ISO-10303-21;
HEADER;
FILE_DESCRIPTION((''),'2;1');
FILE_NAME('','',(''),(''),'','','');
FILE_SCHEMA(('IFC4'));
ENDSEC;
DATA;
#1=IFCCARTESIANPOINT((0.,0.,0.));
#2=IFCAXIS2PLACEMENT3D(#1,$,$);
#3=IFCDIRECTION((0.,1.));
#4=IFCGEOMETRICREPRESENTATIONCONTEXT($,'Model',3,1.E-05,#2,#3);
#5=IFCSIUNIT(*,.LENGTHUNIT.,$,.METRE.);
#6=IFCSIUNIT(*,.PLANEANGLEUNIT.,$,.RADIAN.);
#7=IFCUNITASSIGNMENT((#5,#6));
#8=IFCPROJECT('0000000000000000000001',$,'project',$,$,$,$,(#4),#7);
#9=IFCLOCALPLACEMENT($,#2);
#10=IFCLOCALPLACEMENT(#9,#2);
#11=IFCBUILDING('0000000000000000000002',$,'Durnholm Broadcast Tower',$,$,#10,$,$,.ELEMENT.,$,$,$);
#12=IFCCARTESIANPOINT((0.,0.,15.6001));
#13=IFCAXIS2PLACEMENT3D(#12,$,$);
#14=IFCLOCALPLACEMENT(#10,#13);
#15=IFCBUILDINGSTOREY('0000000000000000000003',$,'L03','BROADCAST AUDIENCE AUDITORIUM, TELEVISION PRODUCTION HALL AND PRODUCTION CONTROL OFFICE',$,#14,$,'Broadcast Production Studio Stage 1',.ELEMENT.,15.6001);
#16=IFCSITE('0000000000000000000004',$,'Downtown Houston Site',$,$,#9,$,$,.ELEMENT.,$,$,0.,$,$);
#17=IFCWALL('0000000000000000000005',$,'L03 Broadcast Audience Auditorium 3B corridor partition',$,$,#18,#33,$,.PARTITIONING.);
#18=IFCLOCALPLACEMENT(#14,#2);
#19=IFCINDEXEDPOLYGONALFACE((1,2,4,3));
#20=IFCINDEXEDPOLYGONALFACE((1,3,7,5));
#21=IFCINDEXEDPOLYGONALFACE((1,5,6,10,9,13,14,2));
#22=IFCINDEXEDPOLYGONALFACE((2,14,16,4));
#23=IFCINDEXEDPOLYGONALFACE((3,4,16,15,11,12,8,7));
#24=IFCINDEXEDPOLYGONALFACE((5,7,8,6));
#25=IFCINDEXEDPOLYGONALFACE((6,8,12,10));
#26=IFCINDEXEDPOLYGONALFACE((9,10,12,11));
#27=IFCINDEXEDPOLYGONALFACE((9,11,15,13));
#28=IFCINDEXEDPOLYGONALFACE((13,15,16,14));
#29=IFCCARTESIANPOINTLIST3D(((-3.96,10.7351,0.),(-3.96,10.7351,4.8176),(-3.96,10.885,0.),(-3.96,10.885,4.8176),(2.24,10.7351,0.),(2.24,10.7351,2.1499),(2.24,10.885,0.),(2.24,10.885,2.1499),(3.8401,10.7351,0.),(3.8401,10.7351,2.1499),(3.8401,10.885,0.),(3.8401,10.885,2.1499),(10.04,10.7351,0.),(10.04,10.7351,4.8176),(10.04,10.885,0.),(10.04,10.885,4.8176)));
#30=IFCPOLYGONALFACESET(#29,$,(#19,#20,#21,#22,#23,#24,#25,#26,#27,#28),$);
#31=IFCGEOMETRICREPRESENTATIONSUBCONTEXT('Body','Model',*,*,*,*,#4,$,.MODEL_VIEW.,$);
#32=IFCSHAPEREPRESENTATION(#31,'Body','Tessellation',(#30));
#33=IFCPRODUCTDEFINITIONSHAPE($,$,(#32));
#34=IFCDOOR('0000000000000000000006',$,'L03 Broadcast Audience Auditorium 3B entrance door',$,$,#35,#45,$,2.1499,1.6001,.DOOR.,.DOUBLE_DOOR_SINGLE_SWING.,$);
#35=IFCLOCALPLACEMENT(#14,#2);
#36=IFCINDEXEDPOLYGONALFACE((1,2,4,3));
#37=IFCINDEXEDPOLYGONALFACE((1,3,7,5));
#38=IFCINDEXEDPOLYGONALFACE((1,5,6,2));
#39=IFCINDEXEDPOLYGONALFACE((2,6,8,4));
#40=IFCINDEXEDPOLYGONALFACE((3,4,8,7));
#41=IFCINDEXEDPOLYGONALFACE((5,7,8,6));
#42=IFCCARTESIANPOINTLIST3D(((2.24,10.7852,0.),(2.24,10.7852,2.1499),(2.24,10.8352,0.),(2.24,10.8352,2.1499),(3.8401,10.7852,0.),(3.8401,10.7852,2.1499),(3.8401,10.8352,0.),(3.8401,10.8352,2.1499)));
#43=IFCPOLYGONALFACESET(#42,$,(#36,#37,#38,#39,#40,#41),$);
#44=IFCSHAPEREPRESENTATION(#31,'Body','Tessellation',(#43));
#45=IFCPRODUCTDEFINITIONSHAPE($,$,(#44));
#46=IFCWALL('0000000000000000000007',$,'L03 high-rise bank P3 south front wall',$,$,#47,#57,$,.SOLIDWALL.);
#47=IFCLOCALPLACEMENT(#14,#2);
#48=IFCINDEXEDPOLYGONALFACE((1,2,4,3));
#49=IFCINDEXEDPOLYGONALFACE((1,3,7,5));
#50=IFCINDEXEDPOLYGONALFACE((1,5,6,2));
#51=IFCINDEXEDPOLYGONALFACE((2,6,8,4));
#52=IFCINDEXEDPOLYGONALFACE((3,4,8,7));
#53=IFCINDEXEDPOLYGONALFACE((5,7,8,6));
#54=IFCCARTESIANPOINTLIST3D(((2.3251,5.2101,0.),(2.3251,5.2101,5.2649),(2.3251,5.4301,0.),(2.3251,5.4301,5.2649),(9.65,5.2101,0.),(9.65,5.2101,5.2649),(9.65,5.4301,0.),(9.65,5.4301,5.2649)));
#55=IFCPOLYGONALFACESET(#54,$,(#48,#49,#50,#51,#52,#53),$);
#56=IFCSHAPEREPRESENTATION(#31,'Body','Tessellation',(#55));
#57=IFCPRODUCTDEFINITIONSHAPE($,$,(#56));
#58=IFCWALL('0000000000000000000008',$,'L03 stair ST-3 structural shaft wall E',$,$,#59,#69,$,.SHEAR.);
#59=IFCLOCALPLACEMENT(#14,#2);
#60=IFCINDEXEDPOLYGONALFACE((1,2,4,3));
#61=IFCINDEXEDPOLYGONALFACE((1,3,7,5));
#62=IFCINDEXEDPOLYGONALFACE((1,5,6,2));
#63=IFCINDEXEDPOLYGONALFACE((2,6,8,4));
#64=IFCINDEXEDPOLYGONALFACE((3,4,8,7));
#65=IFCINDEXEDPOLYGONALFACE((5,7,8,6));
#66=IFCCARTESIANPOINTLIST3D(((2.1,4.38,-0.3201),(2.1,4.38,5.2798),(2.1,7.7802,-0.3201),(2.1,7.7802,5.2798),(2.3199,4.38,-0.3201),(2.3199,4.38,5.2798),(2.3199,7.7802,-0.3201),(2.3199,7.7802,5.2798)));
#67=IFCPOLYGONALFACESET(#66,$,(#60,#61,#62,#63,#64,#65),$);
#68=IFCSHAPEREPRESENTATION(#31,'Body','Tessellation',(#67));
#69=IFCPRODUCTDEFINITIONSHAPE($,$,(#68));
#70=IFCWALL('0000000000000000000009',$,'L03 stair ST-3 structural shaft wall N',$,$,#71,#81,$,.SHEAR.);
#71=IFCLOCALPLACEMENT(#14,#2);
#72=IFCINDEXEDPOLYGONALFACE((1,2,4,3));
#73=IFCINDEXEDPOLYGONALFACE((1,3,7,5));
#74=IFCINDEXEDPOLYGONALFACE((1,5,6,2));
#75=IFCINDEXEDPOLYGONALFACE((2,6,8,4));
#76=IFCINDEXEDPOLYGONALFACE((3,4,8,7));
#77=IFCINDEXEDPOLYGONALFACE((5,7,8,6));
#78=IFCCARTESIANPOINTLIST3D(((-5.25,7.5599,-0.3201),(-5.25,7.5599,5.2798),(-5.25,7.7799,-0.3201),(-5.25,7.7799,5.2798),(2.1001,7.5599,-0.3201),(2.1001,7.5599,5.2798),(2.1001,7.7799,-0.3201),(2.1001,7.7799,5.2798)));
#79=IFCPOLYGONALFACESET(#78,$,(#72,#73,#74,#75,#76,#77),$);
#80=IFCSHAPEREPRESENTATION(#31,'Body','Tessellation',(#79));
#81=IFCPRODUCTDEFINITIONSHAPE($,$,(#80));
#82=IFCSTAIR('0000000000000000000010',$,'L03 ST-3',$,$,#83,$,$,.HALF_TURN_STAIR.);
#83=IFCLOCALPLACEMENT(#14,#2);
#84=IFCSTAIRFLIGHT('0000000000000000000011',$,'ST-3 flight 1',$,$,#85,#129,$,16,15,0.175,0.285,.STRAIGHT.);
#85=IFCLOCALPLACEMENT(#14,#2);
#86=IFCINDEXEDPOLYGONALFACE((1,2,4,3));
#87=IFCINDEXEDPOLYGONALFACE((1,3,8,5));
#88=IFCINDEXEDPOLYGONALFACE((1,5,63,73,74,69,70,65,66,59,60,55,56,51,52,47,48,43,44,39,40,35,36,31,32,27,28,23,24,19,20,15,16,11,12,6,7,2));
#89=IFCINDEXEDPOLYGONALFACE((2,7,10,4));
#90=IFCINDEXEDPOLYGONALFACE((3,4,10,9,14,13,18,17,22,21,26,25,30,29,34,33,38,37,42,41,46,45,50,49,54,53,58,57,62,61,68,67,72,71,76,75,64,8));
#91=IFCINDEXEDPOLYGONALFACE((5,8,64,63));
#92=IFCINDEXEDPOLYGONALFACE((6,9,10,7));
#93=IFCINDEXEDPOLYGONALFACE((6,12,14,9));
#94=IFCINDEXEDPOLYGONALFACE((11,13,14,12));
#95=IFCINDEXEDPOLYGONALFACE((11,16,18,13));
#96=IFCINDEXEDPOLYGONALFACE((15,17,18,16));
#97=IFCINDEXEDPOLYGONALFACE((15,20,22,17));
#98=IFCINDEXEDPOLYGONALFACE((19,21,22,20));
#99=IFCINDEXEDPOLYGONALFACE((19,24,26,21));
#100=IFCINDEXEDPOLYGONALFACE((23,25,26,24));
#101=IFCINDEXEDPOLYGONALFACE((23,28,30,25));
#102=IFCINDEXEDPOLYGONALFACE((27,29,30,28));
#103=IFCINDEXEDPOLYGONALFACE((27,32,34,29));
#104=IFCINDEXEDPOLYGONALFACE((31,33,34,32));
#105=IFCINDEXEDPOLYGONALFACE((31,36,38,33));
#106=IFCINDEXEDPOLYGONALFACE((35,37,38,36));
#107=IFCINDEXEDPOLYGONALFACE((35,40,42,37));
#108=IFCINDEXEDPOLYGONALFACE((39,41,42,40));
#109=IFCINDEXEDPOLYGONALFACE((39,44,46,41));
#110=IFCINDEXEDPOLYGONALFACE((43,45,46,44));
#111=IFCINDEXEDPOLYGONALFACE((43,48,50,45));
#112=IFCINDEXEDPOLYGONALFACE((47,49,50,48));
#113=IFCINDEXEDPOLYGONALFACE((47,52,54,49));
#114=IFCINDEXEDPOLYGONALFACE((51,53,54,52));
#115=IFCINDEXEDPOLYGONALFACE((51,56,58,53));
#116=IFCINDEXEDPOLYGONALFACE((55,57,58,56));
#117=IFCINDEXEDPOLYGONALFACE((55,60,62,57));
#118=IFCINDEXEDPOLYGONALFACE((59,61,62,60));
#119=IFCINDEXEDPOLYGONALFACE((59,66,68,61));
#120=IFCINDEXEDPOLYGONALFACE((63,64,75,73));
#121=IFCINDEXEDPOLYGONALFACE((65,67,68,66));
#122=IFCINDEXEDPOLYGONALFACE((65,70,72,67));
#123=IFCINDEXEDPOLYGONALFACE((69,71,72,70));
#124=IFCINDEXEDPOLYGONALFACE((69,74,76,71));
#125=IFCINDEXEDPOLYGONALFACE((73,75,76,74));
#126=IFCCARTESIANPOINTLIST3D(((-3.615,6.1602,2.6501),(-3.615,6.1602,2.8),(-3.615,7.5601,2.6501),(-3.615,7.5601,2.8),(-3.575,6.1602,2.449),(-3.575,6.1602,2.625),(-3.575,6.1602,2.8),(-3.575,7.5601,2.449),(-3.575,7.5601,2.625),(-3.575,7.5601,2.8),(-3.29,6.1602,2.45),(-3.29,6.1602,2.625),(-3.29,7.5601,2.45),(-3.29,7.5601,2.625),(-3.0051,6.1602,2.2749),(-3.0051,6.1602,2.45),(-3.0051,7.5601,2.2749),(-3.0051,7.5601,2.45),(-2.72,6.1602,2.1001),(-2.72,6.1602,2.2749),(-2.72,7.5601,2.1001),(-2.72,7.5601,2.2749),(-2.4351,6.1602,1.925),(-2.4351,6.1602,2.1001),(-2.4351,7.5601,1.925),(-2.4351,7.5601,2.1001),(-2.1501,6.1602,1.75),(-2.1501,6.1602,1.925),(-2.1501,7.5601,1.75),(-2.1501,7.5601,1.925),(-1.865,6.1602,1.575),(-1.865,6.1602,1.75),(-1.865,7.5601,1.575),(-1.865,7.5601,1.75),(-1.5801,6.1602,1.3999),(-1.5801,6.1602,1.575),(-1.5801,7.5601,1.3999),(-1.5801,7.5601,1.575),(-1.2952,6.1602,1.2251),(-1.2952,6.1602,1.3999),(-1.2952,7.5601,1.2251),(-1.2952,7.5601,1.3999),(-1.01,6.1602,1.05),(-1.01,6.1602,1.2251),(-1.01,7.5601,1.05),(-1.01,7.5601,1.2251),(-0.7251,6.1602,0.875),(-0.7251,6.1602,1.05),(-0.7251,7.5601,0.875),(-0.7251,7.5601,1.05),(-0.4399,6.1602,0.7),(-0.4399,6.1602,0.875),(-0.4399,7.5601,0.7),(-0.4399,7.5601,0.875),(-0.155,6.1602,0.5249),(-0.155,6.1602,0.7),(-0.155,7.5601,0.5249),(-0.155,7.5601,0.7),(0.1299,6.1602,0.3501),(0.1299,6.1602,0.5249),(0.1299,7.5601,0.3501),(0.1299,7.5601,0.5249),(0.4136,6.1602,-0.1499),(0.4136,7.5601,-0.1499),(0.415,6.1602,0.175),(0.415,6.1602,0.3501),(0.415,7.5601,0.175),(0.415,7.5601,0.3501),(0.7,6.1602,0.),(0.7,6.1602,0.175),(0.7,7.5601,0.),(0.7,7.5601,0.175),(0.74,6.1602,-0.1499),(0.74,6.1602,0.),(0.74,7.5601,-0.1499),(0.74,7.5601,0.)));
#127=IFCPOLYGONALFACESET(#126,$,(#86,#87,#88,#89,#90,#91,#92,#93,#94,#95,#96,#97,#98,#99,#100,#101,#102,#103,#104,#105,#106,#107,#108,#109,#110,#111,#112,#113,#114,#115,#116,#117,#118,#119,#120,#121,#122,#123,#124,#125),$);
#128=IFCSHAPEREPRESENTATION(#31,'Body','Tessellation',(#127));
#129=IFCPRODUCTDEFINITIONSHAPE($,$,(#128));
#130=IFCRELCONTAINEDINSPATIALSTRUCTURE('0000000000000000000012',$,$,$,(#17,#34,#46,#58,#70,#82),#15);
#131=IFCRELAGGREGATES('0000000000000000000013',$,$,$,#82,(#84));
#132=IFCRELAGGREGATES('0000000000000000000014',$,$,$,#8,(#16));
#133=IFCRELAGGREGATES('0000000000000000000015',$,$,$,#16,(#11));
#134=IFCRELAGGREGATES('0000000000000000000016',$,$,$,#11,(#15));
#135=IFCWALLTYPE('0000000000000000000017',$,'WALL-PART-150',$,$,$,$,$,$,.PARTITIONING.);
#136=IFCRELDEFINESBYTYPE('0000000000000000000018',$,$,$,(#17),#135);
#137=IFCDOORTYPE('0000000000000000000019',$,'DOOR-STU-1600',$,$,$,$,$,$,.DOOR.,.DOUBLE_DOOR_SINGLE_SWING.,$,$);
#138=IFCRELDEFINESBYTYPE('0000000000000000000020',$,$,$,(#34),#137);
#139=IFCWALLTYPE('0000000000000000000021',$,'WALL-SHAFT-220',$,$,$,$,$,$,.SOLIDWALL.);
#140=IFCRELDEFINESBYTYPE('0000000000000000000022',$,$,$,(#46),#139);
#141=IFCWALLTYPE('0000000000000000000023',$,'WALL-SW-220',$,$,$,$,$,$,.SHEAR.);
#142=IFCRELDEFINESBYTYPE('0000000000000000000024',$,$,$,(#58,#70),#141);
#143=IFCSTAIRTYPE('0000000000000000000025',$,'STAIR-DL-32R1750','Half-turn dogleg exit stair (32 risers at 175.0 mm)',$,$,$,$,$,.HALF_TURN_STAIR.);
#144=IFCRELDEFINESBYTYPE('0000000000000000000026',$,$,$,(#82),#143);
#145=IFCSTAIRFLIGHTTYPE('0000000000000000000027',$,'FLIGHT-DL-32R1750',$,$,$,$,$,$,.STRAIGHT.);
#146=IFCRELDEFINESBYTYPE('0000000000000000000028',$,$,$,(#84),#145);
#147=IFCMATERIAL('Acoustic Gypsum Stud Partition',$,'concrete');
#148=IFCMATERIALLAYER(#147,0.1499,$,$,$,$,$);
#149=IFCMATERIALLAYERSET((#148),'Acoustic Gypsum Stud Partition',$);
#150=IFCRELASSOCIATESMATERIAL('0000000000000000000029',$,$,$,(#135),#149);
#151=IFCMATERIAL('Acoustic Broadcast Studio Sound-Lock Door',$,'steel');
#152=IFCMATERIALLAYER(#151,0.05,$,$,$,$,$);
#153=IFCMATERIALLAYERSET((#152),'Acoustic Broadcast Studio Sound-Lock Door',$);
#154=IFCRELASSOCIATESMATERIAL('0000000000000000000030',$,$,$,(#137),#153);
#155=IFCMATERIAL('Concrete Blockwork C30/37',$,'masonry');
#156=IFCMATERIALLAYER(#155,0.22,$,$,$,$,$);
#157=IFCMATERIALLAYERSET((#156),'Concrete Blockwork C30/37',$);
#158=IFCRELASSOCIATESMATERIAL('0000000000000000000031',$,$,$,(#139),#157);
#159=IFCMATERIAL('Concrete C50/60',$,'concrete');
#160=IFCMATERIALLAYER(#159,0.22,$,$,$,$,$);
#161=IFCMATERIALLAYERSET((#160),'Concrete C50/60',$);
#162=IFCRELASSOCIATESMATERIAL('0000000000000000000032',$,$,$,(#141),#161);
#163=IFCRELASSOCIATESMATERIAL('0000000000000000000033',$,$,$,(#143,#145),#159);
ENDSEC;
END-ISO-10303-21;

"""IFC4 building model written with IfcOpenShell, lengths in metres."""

from ifc_helpers import new_model, si_unit, direction, frame, frame_2d, origin, place, context, subcontext, project, spatial, polyline, rectangle, outline, extrude, source, transform, mapped, material, layer, layer_set, type_object, type_shapes, element, fill, aggregate, save


model = new_model("IFC4")

# Units and contexts
model_context = context("Model", 3, precision=1e-05, world=origin(), true_north=direction((0.0, 1.0)))
body_context = subcontext(model_context, "Body", "Model", "MODEL_VIEW")
ifc_project = project(units=[si_unit("LENGTHUNIT", "METRE"), si_unit("PLANEANGLEUNIT", "RADIAN")], contexts=[model_context])

# Site, building, storey
site_placement = place(None, origin())
site = spatial("IfcSite", under=ifc_project, at=site_placement, Name="Downtown Houston Site", CompositionType="ELEMENT", RefElevation=0.0)
building_placement = place(site_placement, origin())
building = spatial("IfcBuilding", under=site, at=building_placement, Name="Durnholm Broadcast Tower", CompositionType="ELEMENT")
storey_placement = place(building_placement, frame((0.0, 0.0, 15.6001)))
storey = spatial("IfcBuildingStorey", under=building, at=storey_placement, Name="L03", Description="BROADCAST AUDIENCE AUDITORIUM, TELEVISION PRODUCTION HALL AND PRODUCTION CONTROL OFFICE", LongName="Broadcast Production Studio Stage 1", CompositionType="ELEMENT", Elevation=15.6001)

# Wall, opening, door
ifc_material_1 = material(Name="Acoustic Gypsum Stud Partition", Category="concrete")
ifc_layer_1 = layer(ifc_material_1, 0.1499)
ifc_layer_set_1 = layer_set([ifc_layer_1], Name="Acoustic Gypsum Stud Partition")
wall_type_1 = type_object("IfcWallType", Name="WALL-PART-150", PredefinedType="PARTITIONING", material=ifc_layer_set_1)
wall_1_placement = place(storey_placement, frame((10.04, 10.8101, 0.0), z_axis=(0.0, 0.0, 1.0), x_axis=(-1.0, 0.0, 0.0)))
wall_1 = element("IfcWall", 1, at=wall_1_placement, inside=storey, type_object=wall_type_1, Name="L03 Broadcast Audience Auditorium 3B corridor partition", PredefinedType="PARTITIONING", context=body_context, shape_type="SweptSolid", body=[
    extrude(rectangle(XDim=14.0, YDim=0.1499, at=frame_2d((7.0, 0.0))), origin(), (0.0, 0.0, 1.0), 4.8176),
])
opening_placement = place(wall_1_placement, frame((6.2, 0.0, 0.0)))
opening = element("IfcOpeningElement", 2, at=opening_placement, cuts=wall_1, PredefinedType="OPENING", context=body_context, shape_type="SweptSolid", body=[
    extrude(rectangle(XDim=1.6001, YDim=2.1499, at=frame_2d((0.8, 1.075))), frame((0.0, 0.085, 0.0), z_axis=(0.0, -1.0, 0.0), x_axis=(1.0, 0.0, 0.0)), (0.0, 0.0, 1.0), 0.1699),
])
ifc_material_2 = material(Name="Acoustic Broadcast Studio Sound-Lock Door", Category="steel")
ifc_layer_2 = layer(ifc_material_2, 0.05)
ifc_layer_set_2 = layer_set([ifc_layer_2], Name="Acoustic Broadcast Studio Sound-Lock Door")
door_type = type_object("IfcDoorType", Name="DOOR-STU-1600", OperationType="DOUBLE_DOOR_SINGLE_SWING", PredefinedType="DOOR", material=ifc_layer_set_2)
shared_shape_1 = source(origin(), body_context, "Body", "SweptSolid", [
    extrude(rectangle(XDim=1.6001, YDim=2.1499, at=frame_2d((0.8, 1.075))), frame((0.0, 0.0249, 0.0), z_axis=(0.0, -1.0, 0.0), x_axis=(1.0, 0.0, 0.0)), (0.0, 0.0, 1.0), 0.05),
])
type_shapes(door_type, [shared_shape_1])
door_placement = place(opening_placement, origin())
door = element("IfcDoor", 3, at=door_placement, inside=storey, type_object=door_type, Name="L03 Broadcast Audience Auditorium 3B entrance door", OperationType="DOUBLE_DOOR_SINGLE_SWING", OverallHeight=2.1499, OverallWidth=1.6001, PredefinedType="DOOR", context=body_context, shape_type="MappedRepresentation", body=[
    mapped(shared_shape_1, transform((0.0, 0.0, 0.0), x_axis=(1.0, 0.0, 0.0), y_axis=(0.0, 1.0, 0.0), z_axis=(0.0, 0.0, 1.0), scale=1.0)),
])
fill(opening, door)

# Walls
ifc_material_3 = material(Name="Concrete Blockwork C30/37", Category="masonry")
ifc_layer_3 = layer(ifc_material_3, 0.22)
ifc_layer_set_3 = layer_set([ifc_layer_3], Name="Concrete Blockwork C30/37")
wall_type_2 = type_object("IfcWallType", Name="WALL-SHAFT-220", PredefinedType="SOLIDWALL", material=ifc_layer_set_3)
wall_2_placement = place(storey_placement, frame((2.325, 5.3201, 0.0), z_axis=(0.0, 0.0, 1.0), x_axis=(1.0, 0.0, 0.0)))
element("IfcWall", 4, at=wall_2_placement, inside=storey, type_object=wall_type_2, Name="L03 high-rise bank P3 south front wall", PredefinedType="SOLIDWALL", context=body_context, shape_type="SweptSolid", body=[
    extrude(rectangle(XDim=7.325, YDim=0.22, at=frame_2d((3.6626, 0.0))), origin(), (0.0, 0.0, 1.0), 5.2649),
])
ifc_material_4 = material(Name="Concrete C50/60", Category="concrete")
ifc_layer_4 = layer(ifc_material_4, 0.22)
ifc_layer_set_4 = layer_set([ifc_layer_4], Name="Concrete C50/60")
wall_type_3 = type_object("IfcWallType", Name="WALL-SW-220", PredefinedType="SHEAR", material=ifc_layer_set_4)
wall_3_placement = place(storey_placement, frame((2.21, 4.3799, -0.3201), z_axis=(0.0, 0.0, 1.0), x_axis=(0.0, 1.0, 0.0)))
element("IfcWall", 5, at=wall_3_placement, inside=storey, type_object=wall_type_3, Name="L03 stair ST-3 structural shaft wall E", PredefinedType="SHEAR", context=body_context, shape_type="SweptSolid", body=[
    extrude(rectangle(XDim=3.4001, YDim=0.22, at=frame_2d((1.7002, 0.0))), origin(), (0.0, 0.0, 1.0), 5.5999),
])
wall_4_placement = place(storey_placement, frame((2.1001, 7.6699, -0.3201), z_axis=(0.0, 0.0, 1.0), x_axis=(-1.0, 0.0, 0.0)))
element("IfcWall", 6, at=wall_4_placement, inside=storey, type_object=wall_type_3, Name="L03 stair ST-3 structural shaft wall N", PredefinedType="SHEAR", context=body_context, shape_type="SweptSolid", body=[
    extrude(rectangle(XDim=7.3501, YDim=0.22, at=frame_2d((3.675, 0.0))), origin(), (0.0, 0.0, 1.0), 5.5999),
])

# Stair, stair flight
stair_type = type_object("IfcStairType", Name="STAIR-DL-32R1750", Description="Half-turn dogleg exit stair (32 risers at 175.0 mm)", PredefinedType="HALF_TURN_STAIR", material=ifc_material_4)
stair_placement = place(storey_placement, origin())
stair = element("IfcStair", 7, at=stair_placement, inside=storey, type_object=stair_type, Name="L03 ST-3", PredefinedType="HALF_TURN_STAIR")
stair_flight_type = type_object("IfcStairFlightType", Name="FLIGHT-DL-32R1750", PredefinedType="STRAIGHT", material=ifc_material_4)
stair_flight_placement = place(storey_placement, frame((0.7, 6.8601, 0.0), z_axis=(0.0, 0.0, 1.0), x_axis=(-1.0, 0.0, 0.0)))
stair_flight = element("IfcStairFlight", 8, at=stair_flight_placement, type_object=stair_flight_type, Name="ST-3 flight 1", NumberOfRisers=16, NumberOfTreads=15, PredefinedType="STRAIGHT", RiserHeight=0.175, TreadLength=0.285, context=body_context, shape_type="SweptSolid", body=[
    extrude(outline(polyline([(-0.04, -0.1499), (-0.04, 0.0), (0.0, 0.0), (0.0, 0.175), (0.2849, 0.175), (0.2849, 0.3501), (0.5701, 0.3501), (0.5701, 0.5249), (0.855, 0.5249), (0.855, 0.7), (1.1399, 0.7), (1.1399, 0.875), (1.425, 0.875), (1.425, 1.05), (1.71, 1.05), (1.71, 1.2251), (1.9951, 1.2251), (1.9951, 1.3999), (2.28, 1.3999), (2.28, 1.575), (2.5649, 1.575), (2.5649, 1.75), (2.8501, 1.75), (2.8501, 1.925), (3.135, 1.925), (3.135, 2.1001), (3.4199, 2.1001), (3.4199, 2.2749), (3.7051, 2.2749), (3.7051, 2.45), (3.99, 2.45), (3.99, 2.625), (4.2749, 2.625), (4.2749, 2.8), (4.3149, 2.8), (4.3149, 2.6501), (4.2749, 2.449), (0.2864, -0.1499), (-0.04, -0.1499)])), frame((0.0, 0.7, 0.0), z_axis=(0.0, -1.0, 0.0), x_axis=(1.0, 0.0, 0.0)), (0.0, 0.0, 1.0), 1.3999),
])
aggregate(stair, [stair_flight])

save(model, "model.ifc")
